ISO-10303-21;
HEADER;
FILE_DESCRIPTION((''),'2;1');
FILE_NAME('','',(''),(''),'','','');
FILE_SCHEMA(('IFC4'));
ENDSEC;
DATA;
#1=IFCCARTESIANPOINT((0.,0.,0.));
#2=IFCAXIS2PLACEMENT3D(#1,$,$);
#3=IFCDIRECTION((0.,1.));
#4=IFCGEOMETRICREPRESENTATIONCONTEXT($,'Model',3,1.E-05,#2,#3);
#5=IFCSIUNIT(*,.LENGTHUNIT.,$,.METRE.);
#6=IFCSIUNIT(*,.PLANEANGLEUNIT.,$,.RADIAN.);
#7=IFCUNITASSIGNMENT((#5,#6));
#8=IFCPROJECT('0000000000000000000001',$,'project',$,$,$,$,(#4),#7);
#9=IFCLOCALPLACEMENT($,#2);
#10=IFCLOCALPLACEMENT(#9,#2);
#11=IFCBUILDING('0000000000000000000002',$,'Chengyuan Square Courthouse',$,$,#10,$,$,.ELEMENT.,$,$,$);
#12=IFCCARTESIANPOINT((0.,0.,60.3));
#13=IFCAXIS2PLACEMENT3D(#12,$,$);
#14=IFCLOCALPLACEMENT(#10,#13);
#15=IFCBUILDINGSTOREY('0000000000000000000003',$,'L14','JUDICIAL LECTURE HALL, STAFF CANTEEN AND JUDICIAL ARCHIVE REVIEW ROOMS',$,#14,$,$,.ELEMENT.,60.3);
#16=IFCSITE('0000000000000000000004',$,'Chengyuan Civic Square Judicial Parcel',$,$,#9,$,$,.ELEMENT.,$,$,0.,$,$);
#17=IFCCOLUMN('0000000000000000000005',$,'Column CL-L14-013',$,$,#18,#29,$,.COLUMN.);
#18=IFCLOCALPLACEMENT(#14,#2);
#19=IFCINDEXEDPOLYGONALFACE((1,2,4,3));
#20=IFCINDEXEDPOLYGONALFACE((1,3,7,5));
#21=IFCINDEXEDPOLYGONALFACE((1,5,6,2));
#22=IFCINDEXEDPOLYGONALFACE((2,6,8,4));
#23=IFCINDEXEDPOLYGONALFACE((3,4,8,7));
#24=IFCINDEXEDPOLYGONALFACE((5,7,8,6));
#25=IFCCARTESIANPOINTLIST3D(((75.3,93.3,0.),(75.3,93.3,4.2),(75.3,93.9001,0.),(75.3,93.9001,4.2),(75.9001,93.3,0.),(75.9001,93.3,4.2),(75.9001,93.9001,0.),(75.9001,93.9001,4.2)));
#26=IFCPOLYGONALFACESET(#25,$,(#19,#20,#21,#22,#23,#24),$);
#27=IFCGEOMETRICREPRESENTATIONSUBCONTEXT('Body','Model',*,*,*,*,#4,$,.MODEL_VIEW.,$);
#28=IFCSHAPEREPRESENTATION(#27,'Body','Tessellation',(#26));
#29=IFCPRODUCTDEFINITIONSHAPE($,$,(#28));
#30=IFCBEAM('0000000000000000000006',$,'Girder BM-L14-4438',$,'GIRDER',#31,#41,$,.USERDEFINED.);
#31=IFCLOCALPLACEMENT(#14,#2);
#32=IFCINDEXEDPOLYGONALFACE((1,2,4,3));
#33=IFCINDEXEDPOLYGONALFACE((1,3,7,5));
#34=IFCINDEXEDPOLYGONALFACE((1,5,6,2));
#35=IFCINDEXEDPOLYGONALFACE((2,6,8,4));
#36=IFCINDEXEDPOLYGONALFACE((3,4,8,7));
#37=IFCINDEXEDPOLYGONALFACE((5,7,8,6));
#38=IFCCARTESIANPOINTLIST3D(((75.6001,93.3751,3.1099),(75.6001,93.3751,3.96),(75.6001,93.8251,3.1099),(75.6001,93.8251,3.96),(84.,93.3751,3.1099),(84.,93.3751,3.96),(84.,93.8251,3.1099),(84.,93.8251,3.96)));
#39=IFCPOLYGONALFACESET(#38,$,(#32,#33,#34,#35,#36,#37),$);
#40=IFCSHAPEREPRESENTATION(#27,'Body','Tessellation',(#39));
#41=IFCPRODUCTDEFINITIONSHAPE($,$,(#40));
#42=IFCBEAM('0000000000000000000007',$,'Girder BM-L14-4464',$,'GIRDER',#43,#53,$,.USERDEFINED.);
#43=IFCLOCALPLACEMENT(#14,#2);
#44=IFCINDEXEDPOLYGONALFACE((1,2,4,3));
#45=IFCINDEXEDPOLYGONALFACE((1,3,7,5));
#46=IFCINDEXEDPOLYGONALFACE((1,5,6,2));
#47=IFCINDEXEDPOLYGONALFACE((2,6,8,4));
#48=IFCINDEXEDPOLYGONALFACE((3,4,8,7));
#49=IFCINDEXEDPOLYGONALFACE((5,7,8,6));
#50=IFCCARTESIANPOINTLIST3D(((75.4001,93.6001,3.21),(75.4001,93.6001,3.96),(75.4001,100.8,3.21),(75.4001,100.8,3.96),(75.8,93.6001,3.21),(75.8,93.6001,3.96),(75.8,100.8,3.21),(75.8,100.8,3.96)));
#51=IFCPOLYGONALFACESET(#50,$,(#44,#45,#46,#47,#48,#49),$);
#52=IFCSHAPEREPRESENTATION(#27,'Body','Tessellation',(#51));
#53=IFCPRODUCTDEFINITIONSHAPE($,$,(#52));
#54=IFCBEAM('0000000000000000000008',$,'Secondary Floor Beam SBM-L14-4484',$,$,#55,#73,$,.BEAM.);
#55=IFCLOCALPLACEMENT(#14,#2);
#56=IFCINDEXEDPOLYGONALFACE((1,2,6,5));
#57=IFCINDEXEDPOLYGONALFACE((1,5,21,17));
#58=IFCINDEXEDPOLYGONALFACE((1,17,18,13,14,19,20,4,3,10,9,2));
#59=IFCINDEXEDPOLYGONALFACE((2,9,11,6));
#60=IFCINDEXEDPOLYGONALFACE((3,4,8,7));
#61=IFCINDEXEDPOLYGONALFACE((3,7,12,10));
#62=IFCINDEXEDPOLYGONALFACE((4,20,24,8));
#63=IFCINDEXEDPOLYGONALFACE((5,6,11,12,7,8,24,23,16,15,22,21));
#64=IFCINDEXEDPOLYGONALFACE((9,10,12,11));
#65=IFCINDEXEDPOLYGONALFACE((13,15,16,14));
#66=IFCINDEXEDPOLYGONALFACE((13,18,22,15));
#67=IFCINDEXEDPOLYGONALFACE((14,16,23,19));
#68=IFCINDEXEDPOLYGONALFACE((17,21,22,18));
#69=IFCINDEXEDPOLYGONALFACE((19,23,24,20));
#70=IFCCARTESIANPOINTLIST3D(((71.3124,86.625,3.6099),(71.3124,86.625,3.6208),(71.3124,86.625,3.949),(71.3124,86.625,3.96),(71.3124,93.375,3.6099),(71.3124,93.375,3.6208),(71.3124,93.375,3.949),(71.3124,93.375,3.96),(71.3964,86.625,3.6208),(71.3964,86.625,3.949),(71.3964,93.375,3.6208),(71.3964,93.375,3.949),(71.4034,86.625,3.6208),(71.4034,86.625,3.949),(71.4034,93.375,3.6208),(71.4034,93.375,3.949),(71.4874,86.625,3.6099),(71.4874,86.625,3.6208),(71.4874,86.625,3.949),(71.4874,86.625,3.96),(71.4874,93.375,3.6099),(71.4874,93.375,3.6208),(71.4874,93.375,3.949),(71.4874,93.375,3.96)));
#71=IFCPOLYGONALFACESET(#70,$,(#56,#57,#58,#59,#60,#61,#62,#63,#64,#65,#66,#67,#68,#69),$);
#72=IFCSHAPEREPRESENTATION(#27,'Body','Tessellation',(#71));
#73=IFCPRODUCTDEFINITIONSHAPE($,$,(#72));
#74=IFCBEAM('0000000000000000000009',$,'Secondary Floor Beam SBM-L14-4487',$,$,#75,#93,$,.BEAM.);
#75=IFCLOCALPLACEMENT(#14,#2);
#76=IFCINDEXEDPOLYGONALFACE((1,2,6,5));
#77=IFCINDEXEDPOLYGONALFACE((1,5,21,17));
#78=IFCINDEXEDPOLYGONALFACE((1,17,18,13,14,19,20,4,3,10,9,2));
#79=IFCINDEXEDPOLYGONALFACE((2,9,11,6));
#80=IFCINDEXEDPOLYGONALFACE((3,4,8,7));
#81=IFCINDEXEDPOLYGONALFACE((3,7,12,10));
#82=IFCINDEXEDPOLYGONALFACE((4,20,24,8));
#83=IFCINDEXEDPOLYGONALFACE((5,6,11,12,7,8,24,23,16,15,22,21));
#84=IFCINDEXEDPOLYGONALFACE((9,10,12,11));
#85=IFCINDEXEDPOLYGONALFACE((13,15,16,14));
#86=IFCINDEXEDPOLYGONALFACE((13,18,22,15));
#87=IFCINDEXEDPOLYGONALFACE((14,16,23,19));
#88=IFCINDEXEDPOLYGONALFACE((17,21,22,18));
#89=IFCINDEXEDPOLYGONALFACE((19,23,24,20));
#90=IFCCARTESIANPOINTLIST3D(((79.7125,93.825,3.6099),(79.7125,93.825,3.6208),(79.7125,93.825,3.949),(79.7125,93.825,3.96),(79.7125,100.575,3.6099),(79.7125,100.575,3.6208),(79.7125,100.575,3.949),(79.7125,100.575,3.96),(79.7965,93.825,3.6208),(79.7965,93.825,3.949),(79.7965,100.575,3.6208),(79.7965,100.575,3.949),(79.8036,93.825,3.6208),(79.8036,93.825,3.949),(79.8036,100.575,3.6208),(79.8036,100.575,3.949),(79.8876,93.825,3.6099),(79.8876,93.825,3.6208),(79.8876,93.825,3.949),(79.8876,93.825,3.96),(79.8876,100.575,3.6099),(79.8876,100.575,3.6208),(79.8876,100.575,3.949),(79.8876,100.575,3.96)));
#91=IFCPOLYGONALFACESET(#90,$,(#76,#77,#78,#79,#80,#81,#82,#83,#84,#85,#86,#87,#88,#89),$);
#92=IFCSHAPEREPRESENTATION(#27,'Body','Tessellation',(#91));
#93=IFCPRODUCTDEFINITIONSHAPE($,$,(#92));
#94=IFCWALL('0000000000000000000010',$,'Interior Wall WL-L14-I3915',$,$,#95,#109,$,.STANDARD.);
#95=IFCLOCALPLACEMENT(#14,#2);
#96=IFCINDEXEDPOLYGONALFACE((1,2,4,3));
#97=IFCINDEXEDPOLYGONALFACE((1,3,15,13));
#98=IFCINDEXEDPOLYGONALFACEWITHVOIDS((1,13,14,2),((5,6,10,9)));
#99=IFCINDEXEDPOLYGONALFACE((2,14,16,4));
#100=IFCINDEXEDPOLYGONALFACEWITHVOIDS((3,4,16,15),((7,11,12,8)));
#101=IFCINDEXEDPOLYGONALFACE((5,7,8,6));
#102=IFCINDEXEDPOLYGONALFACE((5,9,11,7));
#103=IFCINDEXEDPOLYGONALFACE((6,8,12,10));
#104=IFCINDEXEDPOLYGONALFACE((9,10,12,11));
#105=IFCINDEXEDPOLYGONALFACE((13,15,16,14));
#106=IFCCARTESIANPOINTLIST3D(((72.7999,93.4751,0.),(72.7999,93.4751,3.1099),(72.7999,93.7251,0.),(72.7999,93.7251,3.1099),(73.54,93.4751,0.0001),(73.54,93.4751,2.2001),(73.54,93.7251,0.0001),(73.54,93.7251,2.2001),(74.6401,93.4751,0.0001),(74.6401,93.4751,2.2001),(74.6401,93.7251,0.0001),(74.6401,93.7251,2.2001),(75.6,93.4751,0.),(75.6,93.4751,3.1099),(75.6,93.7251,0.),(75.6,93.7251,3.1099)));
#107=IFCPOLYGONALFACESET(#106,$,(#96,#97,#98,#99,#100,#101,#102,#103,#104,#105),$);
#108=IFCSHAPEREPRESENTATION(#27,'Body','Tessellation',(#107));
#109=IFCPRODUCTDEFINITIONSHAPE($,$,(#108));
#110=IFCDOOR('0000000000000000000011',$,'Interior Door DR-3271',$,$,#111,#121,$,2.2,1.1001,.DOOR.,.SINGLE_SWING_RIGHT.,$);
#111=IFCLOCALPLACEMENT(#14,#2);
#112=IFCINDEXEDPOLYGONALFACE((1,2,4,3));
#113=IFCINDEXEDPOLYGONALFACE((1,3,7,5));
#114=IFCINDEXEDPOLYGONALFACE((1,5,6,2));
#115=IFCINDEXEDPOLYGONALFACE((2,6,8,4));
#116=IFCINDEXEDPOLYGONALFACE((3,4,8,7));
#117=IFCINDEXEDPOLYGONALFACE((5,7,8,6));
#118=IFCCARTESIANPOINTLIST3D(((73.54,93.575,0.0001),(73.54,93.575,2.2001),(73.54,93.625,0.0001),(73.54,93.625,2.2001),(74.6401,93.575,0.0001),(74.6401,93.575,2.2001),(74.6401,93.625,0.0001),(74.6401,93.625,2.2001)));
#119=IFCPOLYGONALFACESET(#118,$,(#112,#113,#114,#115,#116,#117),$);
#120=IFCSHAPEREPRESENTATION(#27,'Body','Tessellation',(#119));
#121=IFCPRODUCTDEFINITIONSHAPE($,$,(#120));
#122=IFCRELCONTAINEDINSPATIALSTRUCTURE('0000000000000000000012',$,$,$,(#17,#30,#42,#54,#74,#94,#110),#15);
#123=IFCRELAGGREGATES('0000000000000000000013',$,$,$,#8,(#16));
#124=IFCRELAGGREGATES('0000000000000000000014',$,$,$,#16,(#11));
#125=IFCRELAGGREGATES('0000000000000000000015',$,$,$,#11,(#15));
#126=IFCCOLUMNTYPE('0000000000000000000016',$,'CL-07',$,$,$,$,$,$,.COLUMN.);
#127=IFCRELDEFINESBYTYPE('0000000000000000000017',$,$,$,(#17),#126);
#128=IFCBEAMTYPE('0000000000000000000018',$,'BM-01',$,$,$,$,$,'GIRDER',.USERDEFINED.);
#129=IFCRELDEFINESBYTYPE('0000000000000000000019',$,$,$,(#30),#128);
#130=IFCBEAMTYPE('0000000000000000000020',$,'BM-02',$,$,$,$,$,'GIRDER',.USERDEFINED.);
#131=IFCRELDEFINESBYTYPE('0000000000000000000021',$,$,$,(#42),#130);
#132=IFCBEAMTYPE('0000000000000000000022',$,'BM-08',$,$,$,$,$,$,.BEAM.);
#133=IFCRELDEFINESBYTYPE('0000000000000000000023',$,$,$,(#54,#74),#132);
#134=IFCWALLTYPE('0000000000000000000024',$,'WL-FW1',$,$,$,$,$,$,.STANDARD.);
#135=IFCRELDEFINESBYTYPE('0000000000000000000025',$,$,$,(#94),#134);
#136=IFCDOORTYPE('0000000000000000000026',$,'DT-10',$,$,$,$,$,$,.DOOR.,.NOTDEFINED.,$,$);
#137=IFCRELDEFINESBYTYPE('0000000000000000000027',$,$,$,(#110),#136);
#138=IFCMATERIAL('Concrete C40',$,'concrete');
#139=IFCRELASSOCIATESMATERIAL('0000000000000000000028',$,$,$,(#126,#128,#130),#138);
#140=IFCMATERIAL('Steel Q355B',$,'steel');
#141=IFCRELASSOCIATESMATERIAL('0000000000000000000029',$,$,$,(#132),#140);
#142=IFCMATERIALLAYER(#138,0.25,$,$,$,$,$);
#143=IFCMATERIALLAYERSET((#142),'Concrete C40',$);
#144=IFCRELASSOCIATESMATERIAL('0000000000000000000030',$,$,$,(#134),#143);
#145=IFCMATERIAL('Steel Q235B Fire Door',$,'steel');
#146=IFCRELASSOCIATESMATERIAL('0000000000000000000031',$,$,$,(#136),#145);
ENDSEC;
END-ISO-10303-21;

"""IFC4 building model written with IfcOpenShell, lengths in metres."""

from ifc_helpers import new_model, si_unit, direction, frame, frame_2d, origin, origin_2d, place, context, subcontext, project, spatial, rectangle, i_section, extrude, material, layer, layer_set, material_profile, profile_set, type_object, element, fill, save


model = new_model("IFC4")

# Units and contexts
model_context = context("Model", 3, precision=1e-05, world=origin(), true_north=direction((0.0, 1.0)))
body_context = subcontext(model_context, "Body", "Model", "MODEL_VIEW")
ifc_project = project(units=[si_unit("LENGTHUNIT", "METRE"), si_unit("PLANEANGLEUNIT", "RADIAN")], contexts=[model_context])

# Site, building, storey
site_placement = place(None, origin())
site = spatial("IfcSite", under=ifc_project, at=site_placement, Name="Chengyuan Civic Square Judicial Parcel", CompositionType="ELEMENT", RefElevation=0.0)
building_placement = place(site_placement, origin())
building = spatial("IfcBuilding", under=site, at=building_placement, Name="Chengyuan Square Courthouse", CompositionType="ELEMENT")
storey_placement = place(building_placement, frame((0.0, 0.0, 60.3)))
storey = spatial("IfcBuildingStorey", under=building, at=storey_placement, Name="L14", Description="JUDICIAL LECTURE HALL, STAFF CANTEEN AND JUDICIAL ARCHIVE REVIEW ROOMS", CompositionType="ELEMENT", Elevation=60.3)

# Column
ifc_material_1 = material(Name="Concrete C40", Category="concrete")
ifc_material_profile_1 = material_profile(ifc_material_1, rectangle(XDim=0.6001, YDim=0.6001, at=origin_2d()), Name="RC-COL-600x600")
ifc_profile_set_1 = profile_set([ifc_material_profile_1], Name="Concrete C40")
column_type = type_object("IfcColumnType", Name="CL-07", PredefinedType="COLUMN", material=ifc_profile_set_1)
column_placement = place(storey_placement, frame((75.6001, 93.6001, 0.0), z_axis=(0.0, 0.0, 1.0), x_axis=(1.0, 0.0, 0.0)))
element("IfcColumn", 1, at=column_placement, inside=storey, type_object=column_type, Name="Column CL-L14-013", PredefinedType="COLUMN", context=body_context, shape_type="SweptSolid", body=[
    extrude(rectangle(XDim=0.6001, YDim=0.6001, at=origin_2d()), origin(), (0.0, 0.0, 1.0), 4.2),
])

# Beams
ifc_material_profile_2 = material_profile(ifc_material_1, rectangle(XDim=0.45, YDim=0.8501, at=origin_2d()), Name="RC-BM-450x850")
ifc_profile_set_2 = profile_set([ifc_material_profile_2], Name="Concrete C40")
beam_type_1 = type_object("IfcBeamType", Name="BM-01", ElementType="GIRDER", PredefinedType="USERDEFINED", material=ifc_profile_set_2)
beam_1_placement = place(storey_placement, frame((75.6001, 93.6001, 3.5349), z_axis=(1.0, 0.0, 0.0), x_axis=(0.0, 1.0, 0.0)))
element("IfcBeam", 2, at=beam_1_placement, inside=storey, type_object=beam_type_1, Name="Girder BM-L14-4438", ObjectType="GIRDER", PredefinedType="USERDEFINED", context=body_context, shape_type="SweptSolid", body=[
    extrude(rectangle(XDim=0.45, YDim=0.8501, at=origin_2d()), origin(), (0.0, 0.0, 1.0), 8.3999),
])
ifc_material_profile_3 = material_profile(ifc_material_1, rectangle(XDim=0.3999, YDim=0.75, at=origin_2d()), Name="RC-BM-400x750")
ifc_profile_set_3 = profile_set([ifc_material_profile_3], Name="Concrete C40")
beam_type_2 = type_object("IfcBeamType", Name="BM-02", ElementType="GIRDER", PredefinedType="USERDEFINED", material=ifc_profile_set_3)
beam_2_placement = place(storey_placement, frame((75.6001, 93.6001, 3.585), z_axis=(0.0, 1.0, 0.0), x_axis=(-1.0, 0.0, 0.0)))
element("IfcBeam", 3, at=beam_2_placement, inside=storey, type_object=beam_type_2, Name="Girder BM-L14-4464", ObjectType="GIRDER", PredefinedType="USERDEFINED", context=body_context, shape_type="SweptSolid", body=[
    extrude(rectangle(XDim=0.3999, YDim=0.75, at=origin_2d()), origin(), (0.0, 0.0, 1.0), 7.2),
])
ifc_material_2 = material(Name="Steel Q355B", Category="steel")
ifc_material_profile_4 = material_profile(ifc_material_2, i_section(OverallWidth=0.175, OverallDepth=0.3501, WebThickness=0.0071, FlangeThickness=0.011, at=origin_2d()), Name="HN 350x175x7x11")
ifc_profile_set_4 = profile_set([ifc_material_profile_4], Name="Steel Q355B")
beam_type_3 = type_object("IfcBeamType", Name="BM-08", PredefinedType="BEAM", material=ifc_profile_set_4)
for number, where, z_axis, x_axis, name in (
    (4, (71.3999, 86.625, 3.7849), (0.0, 1.0, 0.0), (-1.0, 0.0, 0.0), "Secondary Floor Beam SBM-L14-4484"),
    (5, (79.8, 93.825, 3.7849), (0.0, 1.0, 0.0), (-1.0, 0.0, 0.0), "Secondary Floor Beam SBM-L14-4487"),
):
    element("IfcBeam", number, at=place(storey_placement, frame(where, z_axis=z_axis, x_axis=x_axis)), inside=storey, type_object=beam_type_3, Name=name, PredefinedType="BEAM", context=body_context, shape_type="SweptSolid", body=[
        extrude(i_section(OverallWidth=0.175, OverallDepth=0.3501, WebThickness=0.0071, FlangeThickness=0.011, at=origin_2d()), origin(), (0.0, 0.0, 1.0), 6.75),
    ])

# Wall, opening, door
ifc_layer_1 = layer(ifc_material_1, 0.25)
ifc_layer_set_1 = layer_set([ifc_layer_1], Name="Concrete C40")
wall_type_1 = type_object("IfcWallType", Name="WL-FW1", PredefinedType="STANDARD", material=ifc_layer_set_1)
wall_1_placement = place(storey_placement, frame((72.8, 93.6001, 0.0), z_axis=(0.0, 0.0, 1.0), x_axis=(1.0, 0.0, 0.0)))
wall_1 = element("IfcWall", 6, at=wall_1_placement, inside=storey, type_object=wall_type_1, Name="Interior Wall WL-L14-I3915", PredefinedType="STANDARD", context=body_context, shape_type="SweptSolid", body=[
    extrude(rectangle(XDim=2.8, YDim=0.25, at=frame_2d((1.3999, 0.0))), origin(), (0.0, 0.0, 1.0), 3.1099),
])
opening_1_placement = place(wall_1_placement, frame((0.74, 0.0, 0.0)))
opening_1 = element("IfcOpeningElement", 7, at=opening_1_placement, cuts=wall_1, PredefinedType="OPENING", context=body_context, shape_type="SweptSolid", body=[
    extrude(rectangle(XDim=1.1001, YDim=2.2, at=frame_2d((0.55, 1.1001))), frame((0.0, 0.137, 0.0), z_axis=(0.0, -1.0, 0.0), x_axis=(1.0, 0.0, 0.0)), (0.0, 0.0, 1.0), 0.2739),
])
ifc_material_3 = material(Name="Steel Q235B Fire Door", Category="steel")
door_type_1 = type_object("IfcDoorType", Name="DT-10", OperationType="NOTDEFINED", PredefinedType="DOOR", material=ifc_material_3)
door_1_placement = place(opening_1_placement, origin())
door_1 = element("IfcDoor", 8, at=door_1_placement, inside=storey, type_object=door_type_1, Name="Interior Door DR-3271", OperationType="SINGLE_SWING_RIGHT", OverallHeight=2.2, OverallWidth=1.1001, PredefinedType="DOOR", context=body_context, shape_type="SweptSolid", body=[
    extrude(rectangle(XDim=1.1001, YDim=2.2, at=frame_2d((0.55, 1.1001))), frame((0.0, 0.0249, 0.0), z_axis=(0.0, -1.0, 0.0), x_axis=(1.0, 0.0, 0.0)), (0.0, 0.0, 1.0), 0.05),
])
fill(opening_1, door_1)

save(model, "model.ifc")
